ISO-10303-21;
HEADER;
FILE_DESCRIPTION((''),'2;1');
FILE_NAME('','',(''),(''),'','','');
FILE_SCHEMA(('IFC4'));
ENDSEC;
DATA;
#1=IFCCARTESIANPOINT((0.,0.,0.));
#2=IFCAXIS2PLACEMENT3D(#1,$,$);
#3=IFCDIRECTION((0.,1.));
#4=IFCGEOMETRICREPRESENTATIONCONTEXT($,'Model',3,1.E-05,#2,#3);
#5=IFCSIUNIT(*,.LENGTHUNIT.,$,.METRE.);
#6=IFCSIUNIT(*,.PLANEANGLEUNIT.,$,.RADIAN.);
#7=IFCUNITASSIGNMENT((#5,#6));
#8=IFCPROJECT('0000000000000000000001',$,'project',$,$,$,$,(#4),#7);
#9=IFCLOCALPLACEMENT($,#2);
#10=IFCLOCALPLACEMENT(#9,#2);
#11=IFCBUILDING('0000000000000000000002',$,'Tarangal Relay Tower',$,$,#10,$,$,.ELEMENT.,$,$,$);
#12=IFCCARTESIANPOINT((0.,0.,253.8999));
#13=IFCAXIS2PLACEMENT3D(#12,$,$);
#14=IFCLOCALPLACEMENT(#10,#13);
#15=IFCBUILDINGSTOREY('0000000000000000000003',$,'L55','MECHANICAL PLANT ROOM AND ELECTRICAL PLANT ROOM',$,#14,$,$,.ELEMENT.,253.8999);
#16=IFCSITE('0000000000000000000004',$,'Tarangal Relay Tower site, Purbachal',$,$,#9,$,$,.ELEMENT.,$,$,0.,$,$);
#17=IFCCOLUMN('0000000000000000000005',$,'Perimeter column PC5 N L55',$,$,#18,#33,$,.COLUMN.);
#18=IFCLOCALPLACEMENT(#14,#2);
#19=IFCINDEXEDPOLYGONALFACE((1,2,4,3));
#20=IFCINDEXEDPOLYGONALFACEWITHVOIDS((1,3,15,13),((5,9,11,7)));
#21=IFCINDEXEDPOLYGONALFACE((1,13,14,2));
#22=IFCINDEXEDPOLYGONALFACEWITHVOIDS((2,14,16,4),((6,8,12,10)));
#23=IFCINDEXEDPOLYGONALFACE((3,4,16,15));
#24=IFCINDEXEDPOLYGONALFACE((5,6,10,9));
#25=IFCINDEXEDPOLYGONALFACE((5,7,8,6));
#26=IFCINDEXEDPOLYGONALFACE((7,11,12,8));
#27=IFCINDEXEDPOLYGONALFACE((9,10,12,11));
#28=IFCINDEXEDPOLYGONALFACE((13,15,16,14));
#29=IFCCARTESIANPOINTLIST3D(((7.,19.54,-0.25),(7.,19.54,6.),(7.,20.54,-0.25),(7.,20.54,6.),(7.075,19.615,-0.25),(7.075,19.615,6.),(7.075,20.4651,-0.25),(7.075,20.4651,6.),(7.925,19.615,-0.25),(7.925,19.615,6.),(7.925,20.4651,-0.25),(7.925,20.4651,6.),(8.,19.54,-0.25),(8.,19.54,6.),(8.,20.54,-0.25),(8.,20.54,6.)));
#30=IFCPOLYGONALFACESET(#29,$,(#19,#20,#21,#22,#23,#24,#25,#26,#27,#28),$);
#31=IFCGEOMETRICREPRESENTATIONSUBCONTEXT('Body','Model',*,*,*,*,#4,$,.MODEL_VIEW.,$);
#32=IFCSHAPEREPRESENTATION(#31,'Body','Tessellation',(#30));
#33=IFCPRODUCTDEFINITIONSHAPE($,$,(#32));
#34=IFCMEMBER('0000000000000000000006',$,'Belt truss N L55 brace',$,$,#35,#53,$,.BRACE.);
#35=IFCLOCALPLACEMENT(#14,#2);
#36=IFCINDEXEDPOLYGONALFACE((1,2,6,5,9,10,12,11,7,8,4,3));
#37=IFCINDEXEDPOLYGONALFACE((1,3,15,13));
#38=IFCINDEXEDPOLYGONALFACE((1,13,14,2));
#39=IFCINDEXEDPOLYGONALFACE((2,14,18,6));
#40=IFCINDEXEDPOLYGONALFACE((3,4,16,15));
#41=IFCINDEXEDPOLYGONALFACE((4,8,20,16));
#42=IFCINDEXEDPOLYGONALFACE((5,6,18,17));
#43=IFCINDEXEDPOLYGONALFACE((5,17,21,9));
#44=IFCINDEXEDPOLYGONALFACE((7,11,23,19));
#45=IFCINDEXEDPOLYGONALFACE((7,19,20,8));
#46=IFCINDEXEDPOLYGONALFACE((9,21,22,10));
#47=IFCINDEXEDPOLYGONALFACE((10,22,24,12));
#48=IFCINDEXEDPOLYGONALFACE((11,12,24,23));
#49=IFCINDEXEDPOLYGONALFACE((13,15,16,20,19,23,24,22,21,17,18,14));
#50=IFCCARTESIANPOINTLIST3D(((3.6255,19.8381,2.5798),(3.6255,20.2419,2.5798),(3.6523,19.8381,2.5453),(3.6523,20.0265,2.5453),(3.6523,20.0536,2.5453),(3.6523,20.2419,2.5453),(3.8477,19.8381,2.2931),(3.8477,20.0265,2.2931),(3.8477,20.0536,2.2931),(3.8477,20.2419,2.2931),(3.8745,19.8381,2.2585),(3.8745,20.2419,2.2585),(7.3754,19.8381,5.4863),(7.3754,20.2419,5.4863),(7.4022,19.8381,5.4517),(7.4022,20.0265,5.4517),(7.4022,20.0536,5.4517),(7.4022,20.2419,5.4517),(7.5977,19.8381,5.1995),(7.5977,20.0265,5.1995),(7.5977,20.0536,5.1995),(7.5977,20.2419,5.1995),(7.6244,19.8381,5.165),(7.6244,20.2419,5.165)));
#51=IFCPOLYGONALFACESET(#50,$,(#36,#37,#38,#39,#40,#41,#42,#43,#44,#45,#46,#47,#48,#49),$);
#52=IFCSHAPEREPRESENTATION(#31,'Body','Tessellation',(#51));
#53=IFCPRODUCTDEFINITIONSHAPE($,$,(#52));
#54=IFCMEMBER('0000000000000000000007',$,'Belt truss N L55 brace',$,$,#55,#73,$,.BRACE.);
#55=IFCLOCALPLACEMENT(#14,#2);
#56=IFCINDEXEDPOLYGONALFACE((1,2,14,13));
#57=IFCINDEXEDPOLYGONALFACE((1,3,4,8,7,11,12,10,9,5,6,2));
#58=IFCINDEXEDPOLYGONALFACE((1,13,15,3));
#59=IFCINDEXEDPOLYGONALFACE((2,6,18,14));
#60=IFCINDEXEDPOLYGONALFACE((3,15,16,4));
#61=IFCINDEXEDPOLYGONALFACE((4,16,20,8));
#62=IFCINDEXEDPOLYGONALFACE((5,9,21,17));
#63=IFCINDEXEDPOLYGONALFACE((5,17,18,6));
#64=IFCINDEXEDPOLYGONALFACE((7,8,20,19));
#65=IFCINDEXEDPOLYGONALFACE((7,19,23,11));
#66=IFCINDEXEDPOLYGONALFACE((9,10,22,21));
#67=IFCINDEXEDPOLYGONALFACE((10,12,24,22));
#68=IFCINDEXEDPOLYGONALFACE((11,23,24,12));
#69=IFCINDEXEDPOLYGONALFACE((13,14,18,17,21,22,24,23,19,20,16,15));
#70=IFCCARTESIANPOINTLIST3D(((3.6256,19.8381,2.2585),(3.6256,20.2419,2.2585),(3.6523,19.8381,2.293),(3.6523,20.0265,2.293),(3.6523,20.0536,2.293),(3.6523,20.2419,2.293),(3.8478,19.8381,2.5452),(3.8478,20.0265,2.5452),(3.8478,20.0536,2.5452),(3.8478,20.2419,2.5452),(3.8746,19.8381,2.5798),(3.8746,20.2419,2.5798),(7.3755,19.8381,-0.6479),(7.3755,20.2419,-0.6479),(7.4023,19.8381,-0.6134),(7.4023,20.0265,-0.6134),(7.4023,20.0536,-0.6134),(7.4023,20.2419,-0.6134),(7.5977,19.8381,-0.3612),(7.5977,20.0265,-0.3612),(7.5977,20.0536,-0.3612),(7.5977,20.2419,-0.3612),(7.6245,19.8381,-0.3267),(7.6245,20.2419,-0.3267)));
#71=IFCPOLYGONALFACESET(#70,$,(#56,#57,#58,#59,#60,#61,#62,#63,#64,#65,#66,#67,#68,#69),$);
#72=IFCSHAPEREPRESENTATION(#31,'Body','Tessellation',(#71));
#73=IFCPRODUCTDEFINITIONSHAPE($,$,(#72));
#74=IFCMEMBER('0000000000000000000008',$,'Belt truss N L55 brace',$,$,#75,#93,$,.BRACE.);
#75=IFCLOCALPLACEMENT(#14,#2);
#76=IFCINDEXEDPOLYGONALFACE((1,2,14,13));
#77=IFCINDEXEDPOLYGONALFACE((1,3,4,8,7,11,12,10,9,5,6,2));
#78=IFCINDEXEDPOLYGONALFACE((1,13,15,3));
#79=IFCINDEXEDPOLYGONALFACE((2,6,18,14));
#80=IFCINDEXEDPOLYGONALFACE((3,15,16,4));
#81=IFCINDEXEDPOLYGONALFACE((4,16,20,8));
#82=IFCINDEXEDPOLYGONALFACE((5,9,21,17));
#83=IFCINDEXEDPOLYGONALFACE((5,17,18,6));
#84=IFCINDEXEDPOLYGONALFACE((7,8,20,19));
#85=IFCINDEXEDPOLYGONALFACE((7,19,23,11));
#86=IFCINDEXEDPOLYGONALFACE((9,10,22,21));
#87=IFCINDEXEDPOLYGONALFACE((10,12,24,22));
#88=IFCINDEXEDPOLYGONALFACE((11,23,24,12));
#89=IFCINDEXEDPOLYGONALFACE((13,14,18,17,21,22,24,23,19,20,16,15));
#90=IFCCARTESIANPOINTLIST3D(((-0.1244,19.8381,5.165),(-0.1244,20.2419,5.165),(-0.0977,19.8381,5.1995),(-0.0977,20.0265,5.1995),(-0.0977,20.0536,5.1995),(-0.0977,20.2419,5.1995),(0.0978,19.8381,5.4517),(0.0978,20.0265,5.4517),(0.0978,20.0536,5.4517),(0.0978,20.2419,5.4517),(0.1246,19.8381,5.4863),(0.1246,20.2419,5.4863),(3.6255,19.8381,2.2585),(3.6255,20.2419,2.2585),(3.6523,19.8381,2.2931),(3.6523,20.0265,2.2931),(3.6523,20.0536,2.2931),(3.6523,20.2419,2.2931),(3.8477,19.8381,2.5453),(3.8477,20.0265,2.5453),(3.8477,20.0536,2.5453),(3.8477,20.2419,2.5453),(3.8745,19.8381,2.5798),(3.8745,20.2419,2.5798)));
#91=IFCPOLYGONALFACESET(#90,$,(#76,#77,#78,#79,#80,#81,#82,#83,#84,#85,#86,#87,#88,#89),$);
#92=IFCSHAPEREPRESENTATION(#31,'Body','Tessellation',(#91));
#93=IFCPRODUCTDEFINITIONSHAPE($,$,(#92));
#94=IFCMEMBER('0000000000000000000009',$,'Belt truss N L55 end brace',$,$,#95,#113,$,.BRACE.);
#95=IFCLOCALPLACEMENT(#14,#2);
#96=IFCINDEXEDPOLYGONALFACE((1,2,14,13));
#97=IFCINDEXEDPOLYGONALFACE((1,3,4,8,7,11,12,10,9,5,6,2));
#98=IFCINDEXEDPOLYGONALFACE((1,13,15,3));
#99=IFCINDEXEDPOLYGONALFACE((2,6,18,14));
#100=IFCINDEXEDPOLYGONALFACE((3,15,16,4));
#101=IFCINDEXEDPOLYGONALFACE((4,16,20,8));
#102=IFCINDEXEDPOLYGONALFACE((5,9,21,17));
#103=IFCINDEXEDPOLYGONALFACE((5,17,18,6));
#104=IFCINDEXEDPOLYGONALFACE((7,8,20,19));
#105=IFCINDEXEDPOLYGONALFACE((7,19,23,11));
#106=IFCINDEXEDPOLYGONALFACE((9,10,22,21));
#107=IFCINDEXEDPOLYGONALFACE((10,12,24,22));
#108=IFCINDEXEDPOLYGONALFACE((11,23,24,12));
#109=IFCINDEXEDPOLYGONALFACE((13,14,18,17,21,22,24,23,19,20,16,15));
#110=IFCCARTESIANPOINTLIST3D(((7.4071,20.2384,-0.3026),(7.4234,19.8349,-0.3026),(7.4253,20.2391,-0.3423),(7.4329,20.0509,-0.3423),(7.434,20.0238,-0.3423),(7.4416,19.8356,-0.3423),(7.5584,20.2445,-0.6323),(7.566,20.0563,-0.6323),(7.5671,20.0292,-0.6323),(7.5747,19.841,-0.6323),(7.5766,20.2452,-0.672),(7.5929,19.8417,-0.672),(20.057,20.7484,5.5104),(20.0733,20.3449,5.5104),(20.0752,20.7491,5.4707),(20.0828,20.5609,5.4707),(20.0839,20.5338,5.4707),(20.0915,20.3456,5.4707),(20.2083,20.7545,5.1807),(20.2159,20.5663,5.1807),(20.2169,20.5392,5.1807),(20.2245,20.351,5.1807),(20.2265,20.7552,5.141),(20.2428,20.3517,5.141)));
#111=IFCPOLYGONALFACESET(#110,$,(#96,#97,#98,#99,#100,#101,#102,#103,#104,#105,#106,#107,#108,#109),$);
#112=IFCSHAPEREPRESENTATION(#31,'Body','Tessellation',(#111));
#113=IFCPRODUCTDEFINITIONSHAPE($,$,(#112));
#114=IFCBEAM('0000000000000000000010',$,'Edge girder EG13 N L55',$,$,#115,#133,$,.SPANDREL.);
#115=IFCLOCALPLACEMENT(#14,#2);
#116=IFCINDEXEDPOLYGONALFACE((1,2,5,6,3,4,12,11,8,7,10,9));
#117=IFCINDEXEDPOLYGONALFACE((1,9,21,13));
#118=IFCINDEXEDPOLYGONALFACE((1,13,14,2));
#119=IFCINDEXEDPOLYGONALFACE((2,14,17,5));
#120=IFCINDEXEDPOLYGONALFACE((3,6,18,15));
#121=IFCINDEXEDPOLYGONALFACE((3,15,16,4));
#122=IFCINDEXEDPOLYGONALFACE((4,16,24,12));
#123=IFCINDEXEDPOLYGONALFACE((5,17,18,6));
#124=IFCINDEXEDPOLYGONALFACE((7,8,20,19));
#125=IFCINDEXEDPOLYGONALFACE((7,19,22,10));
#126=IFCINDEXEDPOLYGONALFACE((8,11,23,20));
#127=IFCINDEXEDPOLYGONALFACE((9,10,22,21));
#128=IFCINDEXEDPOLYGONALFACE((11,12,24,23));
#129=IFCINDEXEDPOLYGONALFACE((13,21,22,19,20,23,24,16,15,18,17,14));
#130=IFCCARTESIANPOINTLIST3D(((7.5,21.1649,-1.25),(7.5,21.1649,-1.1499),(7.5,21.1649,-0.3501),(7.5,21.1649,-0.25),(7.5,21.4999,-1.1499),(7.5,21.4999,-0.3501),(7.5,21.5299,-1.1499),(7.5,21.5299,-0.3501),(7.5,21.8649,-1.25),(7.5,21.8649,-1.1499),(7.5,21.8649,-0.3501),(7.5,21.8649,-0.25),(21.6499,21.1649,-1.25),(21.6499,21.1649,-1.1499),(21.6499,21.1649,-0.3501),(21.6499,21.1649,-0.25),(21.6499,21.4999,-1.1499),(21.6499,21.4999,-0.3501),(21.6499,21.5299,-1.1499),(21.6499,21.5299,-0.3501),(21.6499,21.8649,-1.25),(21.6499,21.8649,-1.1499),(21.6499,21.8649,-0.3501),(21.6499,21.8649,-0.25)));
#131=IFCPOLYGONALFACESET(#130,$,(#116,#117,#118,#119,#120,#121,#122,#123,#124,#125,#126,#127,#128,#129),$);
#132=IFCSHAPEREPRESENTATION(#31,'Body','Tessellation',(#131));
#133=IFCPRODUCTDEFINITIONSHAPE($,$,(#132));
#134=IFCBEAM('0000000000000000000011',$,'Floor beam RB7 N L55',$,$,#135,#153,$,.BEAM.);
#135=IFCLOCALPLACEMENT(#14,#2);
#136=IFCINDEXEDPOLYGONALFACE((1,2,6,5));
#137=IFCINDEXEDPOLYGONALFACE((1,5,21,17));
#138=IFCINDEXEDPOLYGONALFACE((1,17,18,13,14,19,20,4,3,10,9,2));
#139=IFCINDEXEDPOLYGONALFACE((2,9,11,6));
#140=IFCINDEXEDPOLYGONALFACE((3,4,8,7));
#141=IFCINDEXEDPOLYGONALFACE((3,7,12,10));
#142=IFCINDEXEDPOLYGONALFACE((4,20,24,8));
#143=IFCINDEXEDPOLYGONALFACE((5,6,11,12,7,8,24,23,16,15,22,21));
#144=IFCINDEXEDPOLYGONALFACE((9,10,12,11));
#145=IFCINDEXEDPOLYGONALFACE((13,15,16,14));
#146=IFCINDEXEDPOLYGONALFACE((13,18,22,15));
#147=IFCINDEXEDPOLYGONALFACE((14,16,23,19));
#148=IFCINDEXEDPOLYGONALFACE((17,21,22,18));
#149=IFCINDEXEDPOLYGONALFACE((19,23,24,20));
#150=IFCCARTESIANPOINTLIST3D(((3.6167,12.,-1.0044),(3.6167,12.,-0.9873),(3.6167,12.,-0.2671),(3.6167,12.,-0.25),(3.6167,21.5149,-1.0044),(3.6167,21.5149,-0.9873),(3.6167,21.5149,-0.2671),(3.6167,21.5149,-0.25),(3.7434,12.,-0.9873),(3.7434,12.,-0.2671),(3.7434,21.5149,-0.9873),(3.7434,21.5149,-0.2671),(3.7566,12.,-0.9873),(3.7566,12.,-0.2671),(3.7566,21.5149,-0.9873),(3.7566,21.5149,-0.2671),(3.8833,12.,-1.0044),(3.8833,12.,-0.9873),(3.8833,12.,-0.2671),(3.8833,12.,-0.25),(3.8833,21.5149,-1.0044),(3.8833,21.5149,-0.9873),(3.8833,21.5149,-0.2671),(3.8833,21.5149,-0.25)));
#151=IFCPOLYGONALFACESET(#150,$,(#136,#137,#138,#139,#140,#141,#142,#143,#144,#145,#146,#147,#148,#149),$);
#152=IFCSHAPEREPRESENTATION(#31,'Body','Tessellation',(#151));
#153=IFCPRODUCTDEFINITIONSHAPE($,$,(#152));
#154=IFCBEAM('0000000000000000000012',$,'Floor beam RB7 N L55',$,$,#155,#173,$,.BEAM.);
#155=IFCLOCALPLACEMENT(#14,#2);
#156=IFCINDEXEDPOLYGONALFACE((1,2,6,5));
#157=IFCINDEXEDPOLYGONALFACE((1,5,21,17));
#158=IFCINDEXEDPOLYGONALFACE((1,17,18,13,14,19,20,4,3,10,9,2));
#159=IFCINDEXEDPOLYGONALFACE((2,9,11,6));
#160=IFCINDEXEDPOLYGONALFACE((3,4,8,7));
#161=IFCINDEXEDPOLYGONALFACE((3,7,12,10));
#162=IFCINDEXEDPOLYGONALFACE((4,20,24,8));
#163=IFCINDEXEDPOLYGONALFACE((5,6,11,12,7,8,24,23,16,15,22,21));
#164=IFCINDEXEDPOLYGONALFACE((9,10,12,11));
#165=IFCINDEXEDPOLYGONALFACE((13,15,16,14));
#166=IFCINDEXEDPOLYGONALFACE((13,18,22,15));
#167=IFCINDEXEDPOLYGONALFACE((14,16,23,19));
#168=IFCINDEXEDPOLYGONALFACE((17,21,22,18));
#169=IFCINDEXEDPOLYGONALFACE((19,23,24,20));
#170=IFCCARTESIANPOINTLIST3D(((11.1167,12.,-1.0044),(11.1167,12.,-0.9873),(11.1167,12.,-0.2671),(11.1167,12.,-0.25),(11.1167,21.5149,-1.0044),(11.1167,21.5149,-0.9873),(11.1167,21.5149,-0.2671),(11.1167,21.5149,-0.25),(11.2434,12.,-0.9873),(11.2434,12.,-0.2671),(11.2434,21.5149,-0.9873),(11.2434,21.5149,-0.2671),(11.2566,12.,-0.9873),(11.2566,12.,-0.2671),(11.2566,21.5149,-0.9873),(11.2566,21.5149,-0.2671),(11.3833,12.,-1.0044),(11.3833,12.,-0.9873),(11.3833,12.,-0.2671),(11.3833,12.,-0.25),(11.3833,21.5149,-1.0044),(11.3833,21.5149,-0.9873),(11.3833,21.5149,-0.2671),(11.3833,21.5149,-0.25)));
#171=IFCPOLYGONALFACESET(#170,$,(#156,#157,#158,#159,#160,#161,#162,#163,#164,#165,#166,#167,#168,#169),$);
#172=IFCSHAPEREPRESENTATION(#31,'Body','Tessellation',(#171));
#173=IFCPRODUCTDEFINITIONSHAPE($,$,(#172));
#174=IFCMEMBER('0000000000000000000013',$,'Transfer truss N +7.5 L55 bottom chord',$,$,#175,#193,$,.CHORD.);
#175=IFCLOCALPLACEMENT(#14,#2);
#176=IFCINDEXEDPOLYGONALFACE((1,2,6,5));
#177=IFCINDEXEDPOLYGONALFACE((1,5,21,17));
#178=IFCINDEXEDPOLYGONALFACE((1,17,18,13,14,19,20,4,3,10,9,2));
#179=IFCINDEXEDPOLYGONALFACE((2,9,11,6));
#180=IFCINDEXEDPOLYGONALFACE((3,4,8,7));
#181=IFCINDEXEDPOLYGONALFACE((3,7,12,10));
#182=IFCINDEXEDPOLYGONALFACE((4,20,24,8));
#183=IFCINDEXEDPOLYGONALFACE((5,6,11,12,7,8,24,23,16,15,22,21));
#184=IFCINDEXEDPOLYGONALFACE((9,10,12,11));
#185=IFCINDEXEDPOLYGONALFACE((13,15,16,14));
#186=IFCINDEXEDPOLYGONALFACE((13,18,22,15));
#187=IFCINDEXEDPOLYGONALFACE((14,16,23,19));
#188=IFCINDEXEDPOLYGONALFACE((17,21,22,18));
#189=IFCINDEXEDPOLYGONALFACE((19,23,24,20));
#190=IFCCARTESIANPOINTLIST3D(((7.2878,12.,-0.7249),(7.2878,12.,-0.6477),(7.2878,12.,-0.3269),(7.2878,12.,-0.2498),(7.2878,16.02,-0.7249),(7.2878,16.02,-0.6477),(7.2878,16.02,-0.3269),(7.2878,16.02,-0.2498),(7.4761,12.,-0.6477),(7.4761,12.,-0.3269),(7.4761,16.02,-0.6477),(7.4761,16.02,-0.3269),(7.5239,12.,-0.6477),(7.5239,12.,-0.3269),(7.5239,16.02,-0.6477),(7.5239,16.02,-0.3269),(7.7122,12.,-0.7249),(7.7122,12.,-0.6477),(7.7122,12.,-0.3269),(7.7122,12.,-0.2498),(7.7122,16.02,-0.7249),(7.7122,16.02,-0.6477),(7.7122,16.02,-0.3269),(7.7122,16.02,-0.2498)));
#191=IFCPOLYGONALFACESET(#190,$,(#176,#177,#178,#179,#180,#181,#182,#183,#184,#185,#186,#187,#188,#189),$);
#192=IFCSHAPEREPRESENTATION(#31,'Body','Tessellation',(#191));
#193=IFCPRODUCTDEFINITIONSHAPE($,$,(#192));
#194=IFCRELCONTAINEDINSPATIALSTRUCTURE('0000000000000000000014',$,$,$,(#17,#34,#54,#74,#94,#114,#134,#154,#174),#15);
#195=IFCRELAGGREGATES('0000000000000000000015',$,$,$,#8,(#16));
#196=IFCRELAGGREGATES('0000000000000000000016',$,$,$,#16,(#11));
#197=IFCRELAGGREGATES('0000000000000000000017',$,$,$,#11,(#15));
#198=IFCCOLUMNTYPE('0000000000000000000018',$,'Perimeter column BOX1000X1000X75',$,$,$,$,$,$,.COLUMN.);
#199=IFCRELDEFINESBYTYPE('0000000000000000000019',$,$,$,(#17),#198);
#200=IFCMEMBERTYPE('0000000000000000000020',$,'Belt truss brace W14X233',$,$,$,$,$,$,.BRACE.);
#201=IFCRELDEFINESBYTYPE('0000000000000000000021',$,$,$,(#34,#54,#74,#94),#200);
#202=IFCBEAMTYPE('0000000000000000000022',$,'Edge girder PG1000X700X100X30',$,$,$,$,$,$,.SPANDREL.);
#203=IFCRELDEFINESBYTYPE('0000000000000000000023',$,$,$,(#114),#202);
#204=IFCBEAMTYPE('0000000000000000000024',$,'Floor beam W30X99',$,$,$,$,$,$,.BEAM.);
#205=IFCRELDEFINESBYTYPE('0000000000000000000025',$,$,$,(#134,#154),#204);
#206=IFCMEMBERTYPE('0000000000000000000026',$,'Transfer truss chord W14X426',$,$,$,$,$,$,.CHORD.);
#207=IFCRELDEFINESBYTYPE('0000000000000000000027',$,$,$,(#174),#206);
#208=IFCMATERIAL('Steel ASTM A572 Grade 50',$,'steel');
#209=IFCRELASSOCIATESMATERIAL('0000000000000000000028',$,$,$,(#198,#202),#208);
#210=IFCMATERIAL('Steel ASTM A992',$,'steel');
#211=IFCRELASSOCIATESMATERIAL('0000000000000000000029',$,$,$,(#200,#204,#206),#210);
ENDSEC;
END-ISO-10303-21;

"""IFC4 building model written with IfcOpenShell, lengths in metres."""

from ifc_helpers import new_model, si_unit, direction, frame, origin, origin_2d, place, context, subcontext, project, spatial, hollow_rectangle, i_section, extrude, material, material_profile, profile_set, type_object, element, save


model = new_model("IFC4")

# Units and contexts
model_context = context("Model", 3, precision=1e-05, world=origin(), true_north=direction((0.0, 1.0)))
body_context = subcontext(model_context, "Body", "Model", "MODEL_VIEW")
ifc_project = project(units=[si_unit("LENGTHUNIT", "METRE"), si_unit("PLANEANGLEUNIT", "RADIAN")], contexts=[model_context])

# Site, building, storey
site_placement = place(None, origin())
site = spatial("IfcSite", under=ifc_project, at=site_placement, Name="Tarangal Relay Tower site, Purbachal", CompositionType="ELEMENT", RefElevation=0.0)
building_placement = place(site_placement, origin())
building = spatial("IfcBuilding", under=site, at=building_placement, Name="Tarangal Relay Tower", CompositionType="ELEMENT")
storey_placement = place(building_placement, frame((0.0, 0.0, 253.8999)))
storey = spatial("IfcBuildingStorey", under=building, at=storey_placement, Name="L55", Description="MECHANICAL PLANT ROOM AND ELECTRICAL PLANT ROOM", CompositionType="ELEMENT", Elevation=253.8999)

# Column
ifc_material_1 = material(Name="Steel ASTM A572 Grade 50", Category="steel")
ifc_material_profile_1 = material_profile(ifc_material_1, hollow_rectangle(XDim=1.0, YDim=1.0, WallThickness=0.075, at=origin_2d()), Name="BOX1000X1000X75")
ifc_profile_set_1 = profile_set([ifc_material_profile_1], Name="Steel ASTM A572 Grade 50")
column_type = type_object("IfcColumnType", Name="Perimeter column BOX1000X1000X75", PredefinedType="COLUMN", material=ifc_profile_set_1)
column_placement = place(storey_placement, frame((7.5, 20.04, -0.25), z_axis=(0.0, 0.0, 1.0), x_axis=(1.0, 0.0, 0.0)))
element("IfcColumn", 1, at=column_placement, inside=storey, type_object=column_type, Name="Perimeter column PC5 N L55", PredefinedType="COLUMN", context=body_context, shape_type="SweptSolid", body=[
    extrude(hollow_rectangle(XDim=1.0, YDim=1.0, WallThickness=0.075, at=origin_2d()), origin(), (0.0, 0.0, 1.0), 6.25),
])

# Members
ifc_material_2 = material(Name="Steel ASTM A992", Category="steel")
ifc_material_profile_2 = material_profile(ifc_material_2, i_section(OverallWidth=0.4038, OverallDepth=0.4065, WebThickness=0.0271, FlangeThickness=0.0437, at=origin_2d()), Name="W14X233")
ifc_profile_set_2 = profile_set([ifc_material_profile_2], Name="Steel ASTM A992")
member_type_1 = type_object("IfcMemberType", Name="Belt truss brace W14X233", PredefinedType="BRACE", material=ifc_profile_set_2)
for number, where, z_axis, x_axis, name in (
    (2, (3.75, 20.04, 2.4192), (0.79039, 0.0, 0.612604), (0.0, 1.0, 0.0), "Belt truss N L55 brace"),
    (3, (7.5, 20.04, -0.4873), (-0.79039, 0.0, 0.612604), (0.0, -1.0, 0.0), "Belt truss N L55 brace"),
    (4, (3.75, 20.04, 2.4192), (-0.79039, 0.0, 0.612604), (0.0, -1.0, 0.0), "Belt truss N L55 brace"),
):
    element("IfcMember", number, at=place(storey_placement, frame(where, z_axis=z_axis, x_axis=x_axis)), inside=storey, type_object=member_type_1, Name=name, PredefinedType="BRACE", context=body_context, shape_type="SweptSolid", body=[
        extrude(i_section(OverallWidth=0.4038, OverallDepth=0.4065, WebThickness=0.0271, FlangeThickness=0.0437, at=origin_2d()), origin(), (0.0, 0.0, 1.0), 4.7444),
    ])
member_1_placement = place(storey_placement, frame((7.5, 20.04, -0.4873), z_axis=(0.908044, 0.03661, 0.417272), x_axis=(-0.040285, 0.999188, 0.0)))
element("IfcMember", 5, at=member_1_placement, inside=storey, type_object=member_type_1, Name="Belt truss N L55 end brace", PredefinedType="BRACE", context=body_context, shape_type="SweptSolid", body=[
    extrude(i_section(OverallWidth=0.4038, OverallDepth=0.4065, WebThickness=0.0271, FlangeThickness=0.0437, at=origin_2d()), origin(), (0.0, 0.0, 1.0), 13.9309),
])

# Beams
ifc_material_profile_3 = material_profile(ifc_material_1, i_section(OverallWidth=0.7, OverallDepth=1.0, WebThickness=0.03, FlangeThickness=0.1001, at=origin_2d()), Name="PG1000X700X100X30")
ifc_profile_set_3 = profile_set([ifc_material_profile_3], Name="Steel ASTM A572 Grade 50")
beam_type_1 = type_object("IfcBeamType", Name="Edge girder PG1000X700X100X30", PredefinedType="SPANDREL", material=ifc_profile_set_3)
beam_placement = place(storey_placement, frame((7.5, 21.5149, -0.75), z_axis=(1.0, 0.0, 0.0), x_axis=(0.0, 1.0, 0.0)))
element("IfcBeam", 6, at=beam_placement, inside=storey, type_object=beam_type_1, Name="Edge girder EG13 N L55", PredefinedType="SPANDREL", context=body_context, shape_type="SweptSolid", body=[
    extrude(i_section(OverallWidth=0.7, OverallDepth=1.0, WebThickness=0.03, FlangeThickness=0.1001, at=origin_2d()), origin(), (0.0, 0.0, 1.0), 14.1499),
])
ifc_material_profile_4 = material_profile(ifc_material_2, i_section(OverallWidth=0.2666, OverallDepth=0.7544, WebThickness=0.0132, FlangeThickness=0.0171, at=origin_2d()), Name="W30X99")
ifc_profile_set_4 = profile_set([ifc_material_profile_4], Name="Steel ASTM A992")
beam_type_2 = type_object("IfcBeamType", Name="Floor beam W30X99", PredefinedType="BEAM", material=ifc_profile_set_4)
for number, where, z_axis, x_axis, name in (
    (7, (3.75, 12.0, -0.6272), (0.0, 1.0, 0.0), (-1.0, 0.0, 0.0), "Floor beam RB7 N L55"),
    (8, (11.25, 12.0, -0.6272), (0.0, 1.0, 0.0), (-1.0, 0.0, 0.0), "Floor beam RB7 N L55"),
):
    element("IfcBeam", number, at=place(storey_placement, frame(where, z_axis=z_axis, x_axis=x_axis)), inside=storey, type_object=beam_type_2, Name=name, PredefinedType="BEAM", context=body_context, shape_type="SweptSolid", body=[
        extrude(i_section(OverallWidth=0.2666, OverallDepth=0.7544, WebThickness=0.0132, FlangeThickness=0.0171, at=origin_2d()), origin(), (0.0, 0.0, 1.0), 9.5149),
    ])

# Member
ifc_material_profile_5 = material_profile(ifc_material_2, i_section(OverallWidth=0.4243, OverallDepth=0.4751, WebThickness=0.0479, FlangeThickness=0.0771, at=origin_2d()), Name="W14X426")
ifc_profile_set_5 = profile_set([ifc_material_profile_5], Name="Steel ASTM A992")
member_type_2 = type_object("IfcMemberType", Name="Transfer truss chord W14X426", PredefinedType="CHORD", material=ifc_profile_set_5)
for number, where, z_axis, x_axis, name in (
    (9, (7.5, 12.0, -0.4873), (0.0, 1.0, 0.0), (-1.0, 0.0, 0.0), "Transfer truss N +7.5 L55 bottom chord"),
):
    element("IfcMember", number, at=place(storey_placement, frame(where, z_axis=z_axis, x_axis=x_axis)), inside=storey, type_object=member_type_2, Name=name, PredefinedType="CHORD", context=body_context, shape_type="SweptSolid", body=[
        extrude(i_section(OverallWidth=0.4243, OverallDepth=0.4751, WebThickness=0.0479, FlangeThickness=0.0771, at=origin_2d()), origin(), (0.0, 0.0, 1.0), 4.02),
    ])

save(model, "model.ifc")
